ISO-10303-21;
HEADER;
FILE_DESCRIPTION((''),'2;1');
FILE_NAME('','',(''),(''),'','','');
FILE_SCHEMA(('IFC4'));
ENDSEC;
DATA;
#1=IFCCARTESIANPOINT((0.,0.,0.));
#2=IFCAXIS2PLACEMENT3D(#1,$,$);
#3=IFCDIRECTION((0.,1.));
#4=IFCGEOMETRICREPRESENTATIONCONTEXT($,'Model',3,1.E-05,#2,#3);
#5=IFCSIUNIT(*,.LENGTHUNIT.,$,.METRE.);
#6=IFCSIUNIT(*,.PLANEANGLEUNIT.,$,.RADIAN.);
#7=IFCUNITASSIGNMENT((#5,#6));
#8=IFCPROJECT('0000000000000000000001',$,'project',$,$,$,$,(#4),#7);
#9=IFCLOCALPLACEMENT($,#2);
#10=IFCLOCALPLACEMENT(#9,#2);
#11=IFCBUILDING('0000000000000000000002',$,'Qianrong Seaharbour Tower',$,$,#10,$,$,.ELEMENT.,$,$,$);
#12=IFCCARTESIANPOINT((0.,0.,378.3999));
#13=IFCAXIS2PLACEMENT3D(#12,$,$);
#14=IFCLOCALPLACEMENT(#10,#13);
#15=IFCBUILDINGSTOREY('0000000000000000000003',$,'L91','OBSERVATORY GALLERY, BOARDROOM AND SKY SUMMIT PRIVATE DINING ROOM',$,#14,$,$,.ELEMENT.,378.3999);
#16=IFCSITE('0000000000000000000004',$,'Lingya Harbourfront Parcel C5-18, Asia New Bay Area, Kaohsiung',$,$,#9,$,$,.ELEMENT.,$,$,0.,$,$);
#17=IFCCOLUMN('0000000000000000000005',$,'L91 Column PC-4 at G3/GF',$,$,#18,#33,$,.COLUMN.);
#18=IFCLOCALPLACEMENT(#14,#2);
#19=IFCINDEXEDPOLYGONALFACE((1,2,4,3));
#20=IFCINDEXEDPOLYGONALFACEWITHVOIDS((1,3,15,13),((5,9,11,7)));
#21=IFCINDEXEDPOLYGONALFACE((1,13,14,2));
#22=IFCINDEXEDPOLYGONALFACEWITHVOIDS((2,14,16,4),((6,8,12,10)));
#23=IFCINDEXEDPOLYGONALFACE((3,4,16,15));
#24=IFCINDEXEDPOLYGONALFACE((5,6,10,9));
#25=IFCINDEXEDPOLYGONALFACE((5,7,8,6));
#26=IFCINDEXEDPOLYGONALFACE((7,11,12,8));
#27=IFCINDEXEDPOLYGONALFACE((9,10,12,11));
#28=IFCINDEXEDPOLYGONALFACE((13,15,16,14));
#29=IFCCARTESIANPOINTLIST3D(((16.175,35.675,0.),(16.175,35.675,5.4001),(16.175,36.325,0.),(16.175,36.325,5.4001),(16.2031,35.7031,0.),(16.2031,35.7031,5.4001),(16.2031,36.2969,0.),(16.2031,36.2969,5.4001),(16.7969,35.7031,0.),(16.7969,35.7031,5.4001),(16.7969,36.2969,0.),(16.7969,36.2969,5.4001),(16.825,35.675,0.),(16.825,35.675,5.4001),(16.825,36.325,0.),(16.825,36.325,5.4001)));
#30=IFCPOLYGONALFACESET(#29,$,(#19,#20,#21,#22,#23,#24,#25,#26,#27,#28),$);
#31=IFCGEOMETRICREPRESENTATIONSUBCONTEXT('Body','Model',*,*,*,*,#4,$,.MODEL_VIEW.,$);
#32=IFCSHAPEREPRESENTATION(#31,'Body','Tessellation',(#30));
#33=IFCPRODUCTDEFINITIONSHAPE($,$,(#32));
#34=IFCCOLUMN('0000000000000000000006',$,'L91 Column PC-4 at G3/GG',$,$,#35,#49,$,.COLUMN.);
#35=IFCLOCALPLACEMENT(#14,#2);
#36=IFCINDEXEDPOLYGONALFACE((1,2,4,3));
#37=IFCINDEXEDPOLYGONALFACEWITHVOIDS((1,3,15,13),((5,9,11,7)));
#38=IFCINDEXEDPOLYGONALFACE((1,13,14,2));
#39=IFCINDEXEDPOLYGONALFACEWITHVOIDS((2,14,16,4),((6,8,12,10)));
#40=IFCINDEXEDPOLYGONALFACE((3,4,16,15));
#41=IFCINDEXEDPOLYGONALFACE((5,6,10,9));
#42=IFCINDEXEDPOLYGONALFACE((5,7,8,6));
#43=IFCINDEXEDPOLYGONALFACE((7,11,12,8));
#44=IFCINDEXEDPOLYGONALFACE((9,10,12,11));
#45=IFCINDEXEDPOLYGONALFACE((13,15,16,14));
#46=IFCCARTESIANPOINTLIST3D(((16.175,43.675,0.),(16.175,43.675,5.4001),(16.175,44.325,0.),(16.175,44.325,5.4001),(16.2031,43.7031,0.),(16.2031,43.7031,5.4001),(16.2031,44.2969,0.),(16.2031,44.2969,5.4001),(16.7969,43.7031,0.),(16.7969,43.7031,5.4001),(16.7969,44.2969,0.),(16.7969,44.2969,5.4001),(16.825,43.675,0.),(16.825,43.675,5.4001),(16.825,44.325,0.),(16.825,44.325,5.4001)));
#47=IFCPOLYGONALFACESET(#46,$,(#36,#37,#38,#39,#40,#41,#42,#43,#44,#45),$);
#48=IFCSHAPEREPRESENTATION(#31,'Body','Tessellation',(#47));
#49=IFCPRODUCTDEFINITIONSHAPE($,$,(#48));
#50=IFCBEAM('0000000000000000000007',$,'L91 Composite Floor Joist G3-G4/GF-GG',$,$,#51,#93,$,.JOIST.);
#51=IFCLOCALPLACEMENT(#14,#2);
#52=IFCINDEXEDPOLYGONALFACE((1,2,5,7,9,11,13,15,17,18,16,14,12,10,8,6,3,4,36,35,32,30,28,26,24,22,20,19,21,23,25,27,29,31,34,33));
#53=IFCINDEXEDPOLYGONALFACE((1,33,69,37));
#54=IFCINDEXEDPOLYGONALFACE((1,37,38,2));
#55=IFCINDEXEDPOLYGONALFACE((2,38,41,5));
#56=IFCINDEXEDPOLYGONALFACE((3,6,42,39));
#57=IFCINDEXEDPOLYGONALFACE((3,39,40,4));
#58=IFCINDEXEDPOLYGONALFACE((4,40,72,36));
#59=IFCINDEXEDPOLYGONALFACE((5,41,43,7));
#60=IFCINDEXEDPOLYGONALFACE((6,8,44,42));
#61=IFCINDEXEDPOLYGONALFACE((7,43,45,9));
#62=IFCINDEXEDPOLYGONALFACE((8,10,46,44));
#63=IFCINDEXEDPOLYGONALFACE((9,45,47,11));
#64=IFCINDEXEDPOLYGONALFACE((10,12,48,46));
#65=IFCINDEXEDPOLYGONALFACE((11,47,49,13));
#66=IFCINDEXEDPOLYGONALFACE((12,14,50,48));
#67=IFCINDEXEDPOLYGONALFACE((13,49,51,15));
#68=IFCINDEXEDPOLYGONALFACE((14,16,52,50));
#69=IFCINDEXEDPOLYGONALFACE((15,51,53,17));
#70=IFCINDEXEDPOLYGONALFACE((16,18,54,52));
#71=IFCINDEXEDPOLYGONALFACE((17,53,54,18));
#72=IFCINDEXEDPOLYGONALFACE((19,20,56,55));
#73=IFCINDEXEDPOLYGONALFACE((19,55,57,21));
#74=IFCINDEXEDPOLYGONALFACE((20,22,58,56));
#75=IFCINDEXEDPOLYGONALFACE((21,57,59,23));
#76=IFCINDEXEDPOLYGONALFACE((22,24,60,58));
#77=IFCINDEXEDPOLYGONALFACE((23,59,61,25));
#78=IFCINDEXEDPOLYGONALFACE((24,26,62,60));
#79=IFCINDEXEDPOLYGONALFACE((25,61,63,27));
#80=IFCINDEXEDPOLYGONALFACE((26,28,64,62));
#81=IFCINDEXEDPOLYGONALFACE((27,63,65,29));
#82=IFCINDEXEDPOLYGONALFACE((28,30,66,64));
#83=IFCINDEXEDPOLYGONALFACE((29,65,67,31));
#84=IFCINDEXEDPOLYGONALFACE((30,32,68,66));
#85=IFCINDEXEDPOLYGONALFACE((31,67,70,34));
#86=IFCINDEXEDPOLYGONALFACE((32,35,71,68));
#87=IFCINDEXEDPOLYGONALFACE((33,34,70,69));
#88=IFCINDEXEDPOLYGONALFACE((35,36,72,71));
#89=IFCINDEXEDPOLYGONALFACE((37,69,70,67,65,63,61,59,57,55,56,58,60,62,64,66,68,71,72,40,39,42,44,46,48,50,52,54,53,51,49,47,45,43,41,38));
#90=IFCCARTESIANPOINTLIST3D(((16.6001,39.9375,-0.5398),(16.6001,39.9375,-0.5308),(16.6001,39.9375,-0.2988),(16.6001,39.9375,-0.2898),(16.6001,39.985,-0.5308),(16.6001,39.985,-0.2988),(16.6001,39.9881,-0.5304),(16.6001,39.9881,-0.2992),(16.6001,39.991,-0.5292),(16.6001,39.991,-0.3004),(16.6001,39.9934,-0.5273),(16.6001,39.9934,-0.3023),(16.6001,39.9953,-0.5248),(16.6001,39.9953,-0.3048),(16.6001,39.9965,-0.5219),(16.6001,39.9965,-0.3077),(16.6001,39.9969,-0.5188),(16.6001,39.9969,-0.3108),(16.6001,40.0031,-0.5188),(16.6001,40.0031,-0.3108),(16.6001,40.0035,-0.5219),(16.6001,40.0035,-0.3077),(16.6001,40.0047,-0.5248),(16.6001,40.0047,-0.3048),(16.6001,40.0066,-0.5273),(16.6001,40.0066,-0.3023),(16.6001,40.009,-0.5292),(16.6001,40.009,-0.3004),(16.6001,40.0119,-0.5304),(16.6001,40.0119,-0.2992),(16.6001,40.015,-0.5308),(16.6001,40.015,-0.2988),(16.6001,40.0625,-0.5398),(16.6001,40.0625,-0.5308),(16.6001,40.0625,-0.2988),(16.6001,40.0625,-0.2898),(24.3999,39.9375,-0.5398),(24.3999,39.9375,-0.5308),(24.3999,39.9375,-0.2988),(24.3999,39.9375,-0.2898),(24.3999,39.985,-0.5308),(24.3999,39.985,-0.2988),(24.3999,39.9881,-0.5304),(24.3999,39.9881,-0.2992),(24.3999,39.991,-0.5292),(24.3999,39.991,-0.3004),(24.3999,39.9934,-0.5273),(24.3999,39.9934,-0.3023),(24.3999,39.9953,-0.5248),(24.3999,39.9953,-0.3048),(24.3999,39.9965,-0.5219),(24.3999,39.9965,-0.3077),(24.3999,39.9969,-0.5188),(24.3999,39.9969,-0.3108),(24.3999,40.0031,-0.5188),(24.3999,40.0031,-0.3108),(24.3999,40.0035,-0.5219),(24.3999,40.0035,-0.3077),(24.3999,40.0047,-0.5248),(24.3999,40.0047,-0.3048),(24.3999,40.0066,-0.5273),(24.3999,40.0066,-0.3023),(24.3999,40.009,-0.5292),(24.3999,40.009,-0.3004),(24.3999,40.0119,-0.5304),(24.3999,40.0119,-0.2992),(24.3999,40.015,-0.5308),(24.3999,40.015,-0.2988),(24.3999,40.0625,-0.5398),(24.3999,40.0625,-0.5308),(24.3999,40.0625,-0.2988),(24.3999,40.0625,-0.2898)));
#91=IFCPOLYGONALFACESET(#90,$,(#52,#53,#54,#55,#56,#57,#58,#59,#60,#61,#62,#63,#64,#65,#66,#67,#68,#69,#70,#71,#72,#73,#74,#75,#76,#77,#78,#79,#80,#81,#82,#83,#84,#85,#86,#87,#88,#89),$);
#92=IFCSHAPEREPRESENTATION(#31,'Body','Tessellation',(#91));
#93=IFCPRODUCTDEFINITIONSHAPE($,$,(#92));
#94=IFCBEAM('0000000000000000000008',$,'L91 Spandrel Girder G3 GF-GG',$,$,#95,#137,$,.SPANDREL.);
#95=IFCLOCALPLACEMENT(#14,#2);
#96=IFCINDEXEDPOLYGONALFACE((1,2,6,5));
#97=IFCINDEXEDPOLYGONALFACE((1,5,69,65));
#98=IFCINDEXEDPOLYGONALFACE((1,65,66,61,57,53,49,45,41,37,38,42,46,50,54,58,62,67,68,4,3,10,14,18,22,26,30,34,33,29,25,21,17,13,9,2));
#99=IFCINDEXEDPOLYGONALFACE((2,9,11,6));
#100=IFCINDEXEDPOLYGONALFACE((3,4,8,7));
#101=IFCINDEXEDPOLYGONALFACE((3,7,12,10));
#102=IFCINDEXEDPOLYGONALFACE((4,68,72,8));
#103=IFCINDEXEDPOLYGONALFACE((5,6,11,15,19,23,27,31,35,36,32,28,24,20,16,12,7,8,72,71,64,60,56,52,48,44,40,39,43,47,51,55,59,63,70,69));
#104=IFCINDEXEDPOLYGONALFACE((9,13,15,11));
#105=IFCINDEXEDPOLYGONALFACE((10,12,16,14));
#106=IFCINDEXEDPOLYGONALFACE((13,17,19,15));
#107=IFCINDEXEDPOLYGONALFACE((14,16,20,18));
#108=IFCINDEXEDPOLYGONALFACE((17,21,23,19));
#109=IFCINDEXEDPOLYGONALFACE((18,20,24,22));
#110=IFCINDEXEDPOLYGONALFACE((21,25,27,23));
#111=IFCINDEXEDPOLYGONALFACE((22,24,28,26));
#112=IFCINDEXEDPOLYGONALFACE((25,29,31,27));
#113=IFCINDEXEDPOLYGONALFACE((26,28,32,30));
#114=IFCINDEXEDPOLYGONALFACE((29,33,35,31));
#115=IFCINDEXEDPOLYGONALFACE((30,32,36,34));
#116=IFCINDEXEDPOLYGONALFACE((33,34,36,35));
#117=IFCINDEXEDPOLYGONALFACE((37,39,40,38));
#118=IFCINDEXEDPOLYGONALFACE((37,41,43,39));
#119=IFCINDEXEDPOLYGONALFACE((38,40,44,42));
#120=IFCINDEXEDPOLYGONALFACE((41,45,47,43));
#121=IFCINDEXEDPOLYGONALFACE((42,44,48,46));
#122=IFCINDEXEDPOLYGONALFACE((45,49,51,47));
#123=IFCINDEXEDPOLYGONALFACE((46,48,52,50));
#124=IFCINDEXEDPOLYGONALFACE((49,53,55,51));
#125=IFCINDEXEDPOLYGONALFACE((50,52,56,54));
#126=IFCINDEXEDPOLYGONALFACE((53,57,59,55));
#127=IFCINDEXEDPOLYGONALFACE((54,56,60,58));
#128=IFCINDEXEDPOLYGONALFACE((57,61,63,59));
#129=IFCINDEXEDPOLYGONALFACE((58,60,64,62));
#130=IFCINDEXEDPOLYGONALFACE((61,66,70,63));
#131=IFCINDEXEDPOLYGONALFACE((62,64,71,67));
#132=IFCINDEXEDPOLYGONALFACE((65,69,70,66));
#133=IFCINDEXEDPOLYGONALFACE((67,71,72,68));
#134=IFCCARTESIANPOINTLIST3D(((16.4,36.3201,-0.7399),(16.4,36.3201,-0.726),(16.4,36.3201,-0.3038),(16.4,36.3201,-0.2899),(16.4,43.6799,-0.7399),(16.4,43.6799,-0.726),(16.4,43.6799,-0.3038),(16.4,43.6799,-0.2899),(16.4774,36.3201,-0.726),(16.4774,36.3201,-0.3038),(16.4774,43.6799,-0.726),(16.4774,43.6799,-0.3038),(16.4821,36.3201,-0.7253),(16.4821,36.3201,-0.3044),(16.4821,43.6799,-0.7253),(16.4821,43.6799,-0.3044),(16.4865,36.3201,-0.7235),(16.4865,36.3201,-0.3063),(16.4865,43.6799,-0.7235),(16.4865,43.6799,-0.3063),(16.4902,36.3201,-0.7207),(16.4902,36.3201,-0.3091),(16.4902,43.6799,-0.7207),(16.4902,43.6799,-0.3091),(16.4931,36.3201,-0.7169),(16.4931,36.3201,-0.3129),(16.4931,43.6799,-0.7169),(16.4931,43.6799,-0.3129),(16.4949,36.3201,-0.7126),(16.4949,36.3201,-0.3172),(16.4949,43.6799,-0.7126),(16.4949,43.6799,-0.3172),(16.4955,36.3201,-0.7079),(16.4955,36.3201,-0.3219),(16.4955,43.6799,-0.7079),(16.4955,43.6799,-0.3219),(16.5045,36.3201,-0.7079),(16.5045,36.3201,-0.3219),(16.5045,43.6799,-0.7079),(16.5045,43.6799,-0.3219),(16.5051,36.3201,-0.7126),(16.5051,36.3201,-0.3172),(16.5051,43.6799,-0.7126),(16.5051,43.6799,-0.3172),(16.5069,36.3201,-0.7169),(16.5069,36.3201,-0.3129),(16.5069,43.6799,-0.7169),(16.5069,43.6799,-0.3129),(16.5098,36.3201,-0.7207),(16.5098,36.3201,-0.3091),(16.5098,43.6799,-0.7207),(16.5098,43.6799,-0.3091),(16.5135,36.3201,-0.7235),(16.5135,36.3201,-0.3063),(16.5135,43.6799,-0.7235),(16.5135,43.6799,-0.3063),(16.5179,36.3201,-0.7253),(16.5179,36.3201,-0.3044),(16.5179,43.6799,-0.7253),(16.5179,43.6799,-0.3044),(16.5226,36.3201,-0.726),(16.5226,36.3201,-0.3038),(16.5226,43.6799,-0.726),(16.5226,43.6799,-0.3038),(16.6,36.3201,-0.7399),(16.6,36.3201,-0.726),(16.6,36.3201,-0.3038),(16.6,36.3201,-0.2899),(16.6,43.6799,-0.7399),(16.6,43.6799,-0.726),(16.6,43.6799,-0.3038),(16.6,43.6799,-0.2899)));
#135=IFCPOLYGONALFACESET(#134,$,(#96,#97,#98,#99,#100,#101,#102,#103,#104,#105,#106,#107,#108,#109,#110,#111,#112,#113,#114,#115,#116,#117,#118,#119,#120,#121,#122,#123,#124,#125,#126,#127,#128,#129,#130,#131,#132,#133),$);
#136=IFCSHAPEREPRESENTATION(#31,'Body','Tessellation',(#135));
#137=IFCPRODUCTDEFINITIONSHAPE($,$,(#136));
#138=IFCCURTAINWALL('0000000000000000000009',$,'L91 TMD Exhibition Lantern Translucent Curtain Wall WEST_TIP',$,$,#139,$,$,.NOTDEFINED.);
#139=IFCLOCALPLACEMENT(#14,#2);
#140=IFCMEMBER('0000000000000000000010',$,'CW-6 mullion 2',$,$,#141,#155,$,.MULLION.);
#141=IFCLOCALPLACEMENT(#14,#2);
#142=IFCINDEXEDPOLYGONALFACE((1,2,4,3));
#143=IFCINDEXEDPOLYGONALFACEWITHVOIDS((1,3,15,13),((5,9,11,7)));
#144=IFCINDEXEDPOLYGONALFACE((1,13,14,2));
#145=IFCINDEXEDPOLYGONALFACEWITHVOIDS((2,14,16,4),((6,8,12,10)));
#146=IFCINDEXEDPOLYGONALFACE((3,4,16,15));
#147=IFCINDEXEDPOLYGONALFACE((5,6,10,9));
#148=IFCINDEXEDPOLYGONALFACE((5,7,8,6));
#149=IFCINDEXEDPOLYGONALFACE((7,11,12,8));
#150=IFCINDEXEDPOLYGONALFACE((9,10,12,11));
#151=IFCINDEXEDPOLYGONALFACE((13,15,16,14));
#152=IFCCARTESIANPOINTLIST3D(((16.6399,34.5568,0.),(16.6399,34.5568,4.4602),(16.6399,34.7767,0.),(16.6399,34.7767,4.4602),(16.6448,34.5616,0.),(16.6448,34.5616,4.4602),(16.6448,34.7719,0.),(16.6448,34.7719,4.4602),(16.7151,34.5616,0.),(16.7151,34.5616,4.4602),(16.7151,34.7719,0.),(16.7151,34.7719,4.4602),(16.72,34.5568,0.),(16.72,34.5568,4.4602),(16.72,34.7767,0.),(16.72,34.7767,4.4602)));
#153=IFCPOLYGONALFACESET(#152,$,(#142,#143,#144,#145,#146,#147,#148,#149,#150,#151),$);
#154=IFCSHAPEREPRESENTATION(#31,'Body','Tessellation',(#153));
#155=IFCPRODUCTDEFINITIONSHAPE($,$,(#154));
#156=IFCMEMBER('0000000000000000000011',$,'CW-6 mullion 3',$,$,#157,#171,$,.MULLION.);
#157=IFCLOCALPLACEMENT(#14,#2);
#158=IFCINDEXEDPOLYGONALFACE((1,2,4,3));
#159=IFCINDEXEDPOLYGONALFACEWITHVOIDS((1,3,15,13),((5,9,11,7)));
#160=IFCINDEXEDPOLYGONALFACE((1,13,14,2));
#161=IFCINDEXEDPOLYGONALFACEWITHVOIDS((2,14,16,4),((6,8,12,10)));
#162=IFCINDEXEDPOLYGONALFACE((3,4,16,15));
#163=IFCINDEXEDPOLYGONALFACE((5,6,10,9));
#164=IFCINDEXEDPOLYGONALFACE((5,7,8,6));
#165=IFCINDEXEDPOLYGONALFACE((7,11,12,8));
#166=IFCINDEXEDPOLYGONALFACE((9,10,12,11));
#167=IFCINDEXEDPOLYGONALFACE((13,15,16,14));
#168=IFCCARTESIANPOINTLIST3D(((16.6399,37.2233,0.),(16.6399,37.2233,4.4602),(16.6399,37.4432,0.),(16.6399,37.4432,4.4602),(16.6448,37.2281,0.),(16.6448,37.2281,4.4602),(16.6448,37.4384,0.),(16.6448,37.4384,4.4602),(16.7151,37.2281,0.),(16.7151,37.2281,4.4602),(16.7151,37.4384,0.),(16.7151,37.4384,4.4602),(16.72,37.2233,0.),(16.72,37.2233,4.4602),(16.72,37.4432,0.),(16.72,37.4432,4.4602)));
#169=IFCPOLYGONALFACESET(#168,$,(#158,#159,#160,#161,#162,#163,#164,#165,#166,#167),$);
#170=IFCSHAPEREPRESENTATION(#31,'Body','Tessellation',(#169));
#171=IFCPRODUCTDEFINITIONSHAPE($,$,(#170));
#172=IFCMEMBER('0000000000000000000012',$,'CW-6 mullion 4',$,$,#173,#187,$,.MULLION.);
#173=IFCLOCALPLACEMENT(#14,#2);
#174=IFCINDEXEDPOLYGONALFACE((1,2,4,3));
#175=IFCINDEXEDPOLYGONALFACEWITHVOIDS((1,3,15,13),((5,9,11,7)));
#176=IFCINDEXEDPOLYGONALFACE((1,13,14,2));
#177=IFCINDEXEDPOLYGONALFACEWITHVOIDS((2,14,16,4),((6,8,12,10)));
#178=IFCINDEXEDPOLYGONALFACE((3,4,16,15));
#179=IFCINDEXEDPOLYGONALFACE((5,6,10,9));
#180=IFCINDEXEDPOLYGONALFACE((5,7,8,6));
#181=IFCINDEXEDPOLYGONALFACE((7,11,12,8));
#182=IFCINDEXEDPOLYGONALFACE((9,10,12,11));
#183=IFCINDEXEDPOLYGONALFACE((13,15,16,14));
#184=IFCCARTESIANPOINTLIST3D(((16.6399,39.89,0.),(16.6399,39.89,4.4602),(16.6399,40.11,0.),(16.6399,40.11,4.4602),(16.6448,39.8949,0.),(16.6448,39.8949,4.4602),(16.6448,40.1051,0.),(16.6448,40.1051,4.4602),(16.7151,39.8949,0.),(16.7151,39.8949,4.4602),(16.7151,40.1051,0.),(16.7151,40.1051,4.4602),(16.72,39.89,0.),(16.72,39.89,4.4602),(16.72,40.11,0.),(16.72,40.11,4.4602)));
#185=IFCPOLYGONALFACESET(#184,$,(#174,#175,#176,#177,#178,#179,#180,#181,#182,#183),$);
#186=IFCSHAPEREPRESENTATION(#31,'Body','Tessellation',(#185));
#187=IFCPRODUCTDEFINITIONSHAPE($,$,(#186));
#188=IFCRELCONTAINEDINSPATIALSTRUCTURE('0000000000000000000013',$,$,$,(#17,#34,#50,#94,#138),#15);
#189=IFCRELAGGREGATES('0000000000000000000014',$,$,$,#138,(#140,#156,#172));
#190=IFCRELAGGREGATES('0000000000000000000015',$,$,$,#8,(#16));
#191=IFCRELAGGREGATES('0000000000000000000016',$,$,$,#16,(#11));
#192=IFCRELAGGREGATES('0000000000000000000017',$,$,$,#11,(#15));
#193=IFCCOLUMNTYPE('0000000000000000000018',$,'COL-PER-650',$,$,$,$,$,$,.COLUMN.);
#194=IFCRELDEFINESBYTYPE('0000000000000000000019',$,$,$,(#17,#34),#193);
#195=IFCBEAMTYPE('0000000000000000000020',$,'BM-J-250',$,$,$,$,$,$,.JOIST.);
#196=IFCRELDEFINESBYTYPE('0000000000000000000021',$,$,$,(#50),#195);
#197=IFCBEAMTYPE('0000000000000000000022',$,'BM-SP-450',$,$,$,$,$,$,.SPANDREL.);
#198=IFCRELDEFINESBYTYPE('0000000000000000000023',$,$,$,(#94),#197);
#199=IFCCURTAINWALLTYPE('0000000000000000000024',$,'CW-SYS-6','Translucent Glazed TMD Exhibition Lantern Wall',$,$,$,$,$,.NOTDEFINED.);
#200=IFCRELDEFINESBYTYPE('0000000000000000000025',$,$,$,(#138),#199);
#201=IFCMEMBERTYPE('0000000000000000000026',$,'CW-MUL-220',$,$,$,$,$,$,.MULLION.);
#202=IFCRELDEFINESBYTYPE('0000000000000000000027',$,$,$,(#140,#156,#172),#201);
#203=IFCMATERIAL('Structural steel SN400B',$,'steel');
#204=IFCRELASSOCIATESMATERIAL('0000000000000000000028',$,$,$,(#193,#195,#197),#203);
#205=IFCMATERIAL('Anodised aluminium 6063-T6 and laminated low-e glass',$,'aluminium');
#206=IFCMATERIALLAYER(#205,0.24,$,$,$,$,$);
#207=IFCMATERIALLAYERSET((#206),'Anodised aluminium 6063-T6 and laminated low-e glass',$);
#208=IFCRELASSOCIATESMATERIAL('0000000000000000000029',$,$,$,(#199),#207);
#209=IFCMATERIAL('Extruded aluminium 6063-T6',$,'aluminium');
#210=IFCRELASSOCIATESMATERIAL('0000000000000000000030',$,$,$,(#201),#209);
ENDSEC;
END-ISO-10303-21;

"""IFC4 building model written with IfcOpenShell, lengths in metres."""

from ifc_helpers import new_model, si_unit, direction, frame, origin, origin_2d, place, context, subcontext, project, spatial, hollow_rectangle, i_section, extrude, material, layer, layer_set, material_profile, profile_set, type_object, element, aggregate, save


model = new_model("IFC4")

# Units and contexts
model_context = context("Model", 3, precision=1e-05, world=origin(), true_north=direction((0.0, 1.0)))
body_context = subcontext(model_context, "Body", "Model", "MODEL_VIEW")
ifc_project = project(units=[si_unit("LENGTHUNIT", "METRE"), si_unit("PLANEANGLEUNIT", "RADIAN")], contexts=[model_context])

# Site, building, storey
site_placement = place(None, origin())
site = spatial("IfcSite", under=ifc_project, at=site_placement, Name="Lingya Harbourfront Parcel C5-18, Asia New Bay Area, Kaohsiung", CompositionType="ELEMENT", RefElevation=0.0)
building_placement = place(site_placement, origin())
building = spatial("IfcBuilding", under=site, at=building_placement, Name="Qianrong Seaharbour Tower", CompositionType="ELEMENT")
storey_placement = place(building_placement, frame((0.0, 0.0, 378.3999)))
storey = spatial("IfcBuildingStorey", under=building, at=storey_placement, Name="L91", Description="OBSERVATORY GALLERY, BOARDROOM AND SKY SUMMIT PRIVATE DINING ROOM", CompositionType="ELEMENT", Elevation=378.3999)

# Columns
ifc_material_1 = material(Name="Structural steel SN400B", Category="steel")
ifc_material_profile_1 = material_profile(ifc_material_1, hollow_rectangle(XDim=0.6499, YDim=0.6499, WallThickness=0.0281, at=origin_2d()), Name="BOX650x650x28")
ifc_profile_set_1 = profile_set([ifc_material_profile_1], Name="Structural steel SN400B")
column_type = type_object("IfcColumnType", Name="COL-PER-650", PredefinedType="COLUMN", material=ifc_profile_set_1)
for number, where, z_axis, x_axis, name in (
    (1, (16.5, 36.0, 0.0), (0.0, 0.0, 1.0), (1.0, 0.0, 0.0), "L91 Column PC-4 at G3/GF"),
    (2, (16.5, 44.0, 0.0), (0.0, 0.0, 1.0), (1.0, 0.0, 0.0), "L91 Column PC-4 at G3/GG"),
):
    element("IfcColumn", number, at=place(storey_placement, frame(where, z_axis=z_axis, x_axis=x_axis)), inside=storey, type_object=column_type, Name=name, PredefinedType="COLUMN", context=body_context, shape_type="SweptSolid", body=[
        extrude(hollow_rectangle(XDim=0.6499, YDim=0.6499, WallThickness=0.0281, at=origin_2d()), origin(), (0.0, 0.0, 1.0), 5.4001),
    ])

# Beams
ifc_material_profile_2 = material_profile(ifc_material_1, i_section(OverallWidth=0.125, OverallDepth=0.25, WebThickness=0.0061, FlangeThickness=0.009, FilletRadius=0.012, at=origin_2d()), Name="H250x125x6x9")
ifc_profile_set_2 = profile_set([ifc_material_profile_2], Name="Structural steel SN400B")
beam_type_1 = type_object("IfcBeamType", Name="BM-J-250", PredefinedType="JOIST", material=ifc_profile_set_2)
beam_1_placement = place(storey_placement, frame((16.6001, 40.0, -0.4148), z_axis=(1.0, 0.0, 0.0), x_axis=(0.0, 1.0, 0.0)))
element("IfcBeam", 3, at=beam_1_placement, inside=storey, type_object=beam_type_1, Name="L91 Composite Floor Joist G3-G4/GF-GG", PredefinedType="JOIST", context=body_context, shape_type="SweptSolid", body=[
    extrude(i_section(OverallWidth=0.125, OverallDepth=0.25, WebThickness=0.0061, FlangeThickness=0.009, FilletRadius=0.012, at=origin_2d()), origin(), (0.0, 0.0, 1.0), 7.7998),
])
ifc_material_profile_3 = material_profile(ifc_material_1, i_section(OverallWidth=0.2, OverallDepth=0.45, WebThickness=0.009, FlangeThickness=0.0139, FilletRadius=0.0181, at=origin_2d()), Name="H450x200x9x14")
ifc_profile_set_3 = profile_set([ifc_material_profile_3], Name="Structural steel SN400B")
beam_type_2 = type_object("IfcBeamType", Name="BM-SP-450", PredefinedType="SPANDREL", material=ifc_profile_set_3)
beam_2_placement = place(storey_placement, frame((16.5, 36.3201, -0.5149), z_axis=(0.0, 1.0, 0.0), x_axis=(-1.0, 0.0, 0.0)))
element("IfcBeam", 4, at=beam_2_placement, inside=storey, type_object=beam_type_2, Name="L91 Spandrel Girder G3 GF-GG", PredefinedType="SPANDREL", context=body_context, shape_type="SweptSolid", body=[
    extrude(i_section(OverallWidth=0.2, OverallDepth=0.45, WebThickness=0.009, FlangeThickness=0.0139, FilletRadius=0.0181, at=origin_2d()), origin(), (0.0, 0.0, 1.0), 7.3599),
])

# Curtain wall, members
ifc_material_2 = material(Name="Anodised aluminium 6063-T6 and laminated low-e glass", Category="aluminium")
ifc_layer_1 = layer(ifc_material_2, 0.24)
ifc_layer_set_1 = layer_set([ifc_layer_1], Name="Anodised aluminium 6063-T6 and laminated low-e glass")
curtain_wall_type = type_object("IfcCurtainWallType", Name="CW-SYS-6", Description="Translucent Glazed TMD Exhibition Lantern Wall", PredefinedType="NOTDEFINED", material=ifc_layer_set_1)
curtain_wall_placement = place(storey_placement, origin())
curtain_wall = element("IfcCurtainWall", 5, at=curtain_wall_placement, inside=storey, type_object=curtain_wall_type, Name="L91 TMD Exhibition Lantern Translucent Curtain Wall WEST_TIP", PredefinedType="NOTDEFINED")
ifc_material_3 = material(Name="Extruded aluminium 6063-T6", Category="aluminium")
ifc_material_profile_4 = material_profile(ifc_material_3, hollow_rectangle(XDim=0.0801, YDim=0.22, WallThickness=0.0049, at=origin_2d()), Name="ALU-MUL-220x80x5")
ifc_profile_set_4 = profile_set([ifc_material_profile_4], Name="Extruded aluminium 6063-T6")
member_type_1 = type_object("IfcMemberType", Name="CW-MUL-220", PredefinedType="MULLION", material=ifc_profile_set_4)
member_1_placement = place(storey_placement, frame((16.6799, 34.6667, 0.0), z_axis=(0.0, 0.0, 1.0), x_axis=(-1.0, 0.0, 0.0)))
member_1 = element("IfcMember", 6, at=member_1_placement, type_object=member_type_1, Name="CW-6 mullion 2", PredefinedType="MULLION", context=body_context, shape_type="SweptSolid", body=[
    extrude(hollow_rectangle(XDim=0.0801, YDim=0.22, WallThickness=0.0049, at=origin_2d()), origin(), (0.0, 0.0, 1.0), 4.4602),
])
member_2_placement = place(storey_placement, frame((16.6799, 37.3333, 0.0), z_axis=(0.0, 0.0, 1.0), x_axis=(-1.0, 0.0, 0.0)))
member_2 = element("IfcMember", 7, at=member_2_placement, type_object=member_type_1, Name="CW-6 mullion 3", PredefinedType="MULLION", context=body_context, shape_type="SweptSolid", body=[
    extrude(hollow_rectangle(XDim=0.0801, YDim=0.22, WallThickness=0.0049, at=origin_2d()), origin(), (0.0, 0.0, 1.0), 4.4602),
])
member_3_placement = place(storey_placement, frame((16.6799, 40.0, 0.0), z_axis=(0.0, 0.0, 1.0), x_axis=(-1.0, 0.0, 0.0)))
member_3 = element("IfcMember", 8, at=member_3_placement, type_object=member_type_1, Name="CW-6 mullion 4", PredefinedType="MULLION", context=body_context, shape_type="SweptSolid", body=[
    extrude(hollow_rectangle(XDim=0.0801, YDim=0.22, WallThickness=0.0049, at=origin_2d()), origin(), (0.0, 0.0, 1.0), 4.4602),
])
aggregate(curtain_wall, [member_1, member_2, member_3])

save(model, "model.ifc")
